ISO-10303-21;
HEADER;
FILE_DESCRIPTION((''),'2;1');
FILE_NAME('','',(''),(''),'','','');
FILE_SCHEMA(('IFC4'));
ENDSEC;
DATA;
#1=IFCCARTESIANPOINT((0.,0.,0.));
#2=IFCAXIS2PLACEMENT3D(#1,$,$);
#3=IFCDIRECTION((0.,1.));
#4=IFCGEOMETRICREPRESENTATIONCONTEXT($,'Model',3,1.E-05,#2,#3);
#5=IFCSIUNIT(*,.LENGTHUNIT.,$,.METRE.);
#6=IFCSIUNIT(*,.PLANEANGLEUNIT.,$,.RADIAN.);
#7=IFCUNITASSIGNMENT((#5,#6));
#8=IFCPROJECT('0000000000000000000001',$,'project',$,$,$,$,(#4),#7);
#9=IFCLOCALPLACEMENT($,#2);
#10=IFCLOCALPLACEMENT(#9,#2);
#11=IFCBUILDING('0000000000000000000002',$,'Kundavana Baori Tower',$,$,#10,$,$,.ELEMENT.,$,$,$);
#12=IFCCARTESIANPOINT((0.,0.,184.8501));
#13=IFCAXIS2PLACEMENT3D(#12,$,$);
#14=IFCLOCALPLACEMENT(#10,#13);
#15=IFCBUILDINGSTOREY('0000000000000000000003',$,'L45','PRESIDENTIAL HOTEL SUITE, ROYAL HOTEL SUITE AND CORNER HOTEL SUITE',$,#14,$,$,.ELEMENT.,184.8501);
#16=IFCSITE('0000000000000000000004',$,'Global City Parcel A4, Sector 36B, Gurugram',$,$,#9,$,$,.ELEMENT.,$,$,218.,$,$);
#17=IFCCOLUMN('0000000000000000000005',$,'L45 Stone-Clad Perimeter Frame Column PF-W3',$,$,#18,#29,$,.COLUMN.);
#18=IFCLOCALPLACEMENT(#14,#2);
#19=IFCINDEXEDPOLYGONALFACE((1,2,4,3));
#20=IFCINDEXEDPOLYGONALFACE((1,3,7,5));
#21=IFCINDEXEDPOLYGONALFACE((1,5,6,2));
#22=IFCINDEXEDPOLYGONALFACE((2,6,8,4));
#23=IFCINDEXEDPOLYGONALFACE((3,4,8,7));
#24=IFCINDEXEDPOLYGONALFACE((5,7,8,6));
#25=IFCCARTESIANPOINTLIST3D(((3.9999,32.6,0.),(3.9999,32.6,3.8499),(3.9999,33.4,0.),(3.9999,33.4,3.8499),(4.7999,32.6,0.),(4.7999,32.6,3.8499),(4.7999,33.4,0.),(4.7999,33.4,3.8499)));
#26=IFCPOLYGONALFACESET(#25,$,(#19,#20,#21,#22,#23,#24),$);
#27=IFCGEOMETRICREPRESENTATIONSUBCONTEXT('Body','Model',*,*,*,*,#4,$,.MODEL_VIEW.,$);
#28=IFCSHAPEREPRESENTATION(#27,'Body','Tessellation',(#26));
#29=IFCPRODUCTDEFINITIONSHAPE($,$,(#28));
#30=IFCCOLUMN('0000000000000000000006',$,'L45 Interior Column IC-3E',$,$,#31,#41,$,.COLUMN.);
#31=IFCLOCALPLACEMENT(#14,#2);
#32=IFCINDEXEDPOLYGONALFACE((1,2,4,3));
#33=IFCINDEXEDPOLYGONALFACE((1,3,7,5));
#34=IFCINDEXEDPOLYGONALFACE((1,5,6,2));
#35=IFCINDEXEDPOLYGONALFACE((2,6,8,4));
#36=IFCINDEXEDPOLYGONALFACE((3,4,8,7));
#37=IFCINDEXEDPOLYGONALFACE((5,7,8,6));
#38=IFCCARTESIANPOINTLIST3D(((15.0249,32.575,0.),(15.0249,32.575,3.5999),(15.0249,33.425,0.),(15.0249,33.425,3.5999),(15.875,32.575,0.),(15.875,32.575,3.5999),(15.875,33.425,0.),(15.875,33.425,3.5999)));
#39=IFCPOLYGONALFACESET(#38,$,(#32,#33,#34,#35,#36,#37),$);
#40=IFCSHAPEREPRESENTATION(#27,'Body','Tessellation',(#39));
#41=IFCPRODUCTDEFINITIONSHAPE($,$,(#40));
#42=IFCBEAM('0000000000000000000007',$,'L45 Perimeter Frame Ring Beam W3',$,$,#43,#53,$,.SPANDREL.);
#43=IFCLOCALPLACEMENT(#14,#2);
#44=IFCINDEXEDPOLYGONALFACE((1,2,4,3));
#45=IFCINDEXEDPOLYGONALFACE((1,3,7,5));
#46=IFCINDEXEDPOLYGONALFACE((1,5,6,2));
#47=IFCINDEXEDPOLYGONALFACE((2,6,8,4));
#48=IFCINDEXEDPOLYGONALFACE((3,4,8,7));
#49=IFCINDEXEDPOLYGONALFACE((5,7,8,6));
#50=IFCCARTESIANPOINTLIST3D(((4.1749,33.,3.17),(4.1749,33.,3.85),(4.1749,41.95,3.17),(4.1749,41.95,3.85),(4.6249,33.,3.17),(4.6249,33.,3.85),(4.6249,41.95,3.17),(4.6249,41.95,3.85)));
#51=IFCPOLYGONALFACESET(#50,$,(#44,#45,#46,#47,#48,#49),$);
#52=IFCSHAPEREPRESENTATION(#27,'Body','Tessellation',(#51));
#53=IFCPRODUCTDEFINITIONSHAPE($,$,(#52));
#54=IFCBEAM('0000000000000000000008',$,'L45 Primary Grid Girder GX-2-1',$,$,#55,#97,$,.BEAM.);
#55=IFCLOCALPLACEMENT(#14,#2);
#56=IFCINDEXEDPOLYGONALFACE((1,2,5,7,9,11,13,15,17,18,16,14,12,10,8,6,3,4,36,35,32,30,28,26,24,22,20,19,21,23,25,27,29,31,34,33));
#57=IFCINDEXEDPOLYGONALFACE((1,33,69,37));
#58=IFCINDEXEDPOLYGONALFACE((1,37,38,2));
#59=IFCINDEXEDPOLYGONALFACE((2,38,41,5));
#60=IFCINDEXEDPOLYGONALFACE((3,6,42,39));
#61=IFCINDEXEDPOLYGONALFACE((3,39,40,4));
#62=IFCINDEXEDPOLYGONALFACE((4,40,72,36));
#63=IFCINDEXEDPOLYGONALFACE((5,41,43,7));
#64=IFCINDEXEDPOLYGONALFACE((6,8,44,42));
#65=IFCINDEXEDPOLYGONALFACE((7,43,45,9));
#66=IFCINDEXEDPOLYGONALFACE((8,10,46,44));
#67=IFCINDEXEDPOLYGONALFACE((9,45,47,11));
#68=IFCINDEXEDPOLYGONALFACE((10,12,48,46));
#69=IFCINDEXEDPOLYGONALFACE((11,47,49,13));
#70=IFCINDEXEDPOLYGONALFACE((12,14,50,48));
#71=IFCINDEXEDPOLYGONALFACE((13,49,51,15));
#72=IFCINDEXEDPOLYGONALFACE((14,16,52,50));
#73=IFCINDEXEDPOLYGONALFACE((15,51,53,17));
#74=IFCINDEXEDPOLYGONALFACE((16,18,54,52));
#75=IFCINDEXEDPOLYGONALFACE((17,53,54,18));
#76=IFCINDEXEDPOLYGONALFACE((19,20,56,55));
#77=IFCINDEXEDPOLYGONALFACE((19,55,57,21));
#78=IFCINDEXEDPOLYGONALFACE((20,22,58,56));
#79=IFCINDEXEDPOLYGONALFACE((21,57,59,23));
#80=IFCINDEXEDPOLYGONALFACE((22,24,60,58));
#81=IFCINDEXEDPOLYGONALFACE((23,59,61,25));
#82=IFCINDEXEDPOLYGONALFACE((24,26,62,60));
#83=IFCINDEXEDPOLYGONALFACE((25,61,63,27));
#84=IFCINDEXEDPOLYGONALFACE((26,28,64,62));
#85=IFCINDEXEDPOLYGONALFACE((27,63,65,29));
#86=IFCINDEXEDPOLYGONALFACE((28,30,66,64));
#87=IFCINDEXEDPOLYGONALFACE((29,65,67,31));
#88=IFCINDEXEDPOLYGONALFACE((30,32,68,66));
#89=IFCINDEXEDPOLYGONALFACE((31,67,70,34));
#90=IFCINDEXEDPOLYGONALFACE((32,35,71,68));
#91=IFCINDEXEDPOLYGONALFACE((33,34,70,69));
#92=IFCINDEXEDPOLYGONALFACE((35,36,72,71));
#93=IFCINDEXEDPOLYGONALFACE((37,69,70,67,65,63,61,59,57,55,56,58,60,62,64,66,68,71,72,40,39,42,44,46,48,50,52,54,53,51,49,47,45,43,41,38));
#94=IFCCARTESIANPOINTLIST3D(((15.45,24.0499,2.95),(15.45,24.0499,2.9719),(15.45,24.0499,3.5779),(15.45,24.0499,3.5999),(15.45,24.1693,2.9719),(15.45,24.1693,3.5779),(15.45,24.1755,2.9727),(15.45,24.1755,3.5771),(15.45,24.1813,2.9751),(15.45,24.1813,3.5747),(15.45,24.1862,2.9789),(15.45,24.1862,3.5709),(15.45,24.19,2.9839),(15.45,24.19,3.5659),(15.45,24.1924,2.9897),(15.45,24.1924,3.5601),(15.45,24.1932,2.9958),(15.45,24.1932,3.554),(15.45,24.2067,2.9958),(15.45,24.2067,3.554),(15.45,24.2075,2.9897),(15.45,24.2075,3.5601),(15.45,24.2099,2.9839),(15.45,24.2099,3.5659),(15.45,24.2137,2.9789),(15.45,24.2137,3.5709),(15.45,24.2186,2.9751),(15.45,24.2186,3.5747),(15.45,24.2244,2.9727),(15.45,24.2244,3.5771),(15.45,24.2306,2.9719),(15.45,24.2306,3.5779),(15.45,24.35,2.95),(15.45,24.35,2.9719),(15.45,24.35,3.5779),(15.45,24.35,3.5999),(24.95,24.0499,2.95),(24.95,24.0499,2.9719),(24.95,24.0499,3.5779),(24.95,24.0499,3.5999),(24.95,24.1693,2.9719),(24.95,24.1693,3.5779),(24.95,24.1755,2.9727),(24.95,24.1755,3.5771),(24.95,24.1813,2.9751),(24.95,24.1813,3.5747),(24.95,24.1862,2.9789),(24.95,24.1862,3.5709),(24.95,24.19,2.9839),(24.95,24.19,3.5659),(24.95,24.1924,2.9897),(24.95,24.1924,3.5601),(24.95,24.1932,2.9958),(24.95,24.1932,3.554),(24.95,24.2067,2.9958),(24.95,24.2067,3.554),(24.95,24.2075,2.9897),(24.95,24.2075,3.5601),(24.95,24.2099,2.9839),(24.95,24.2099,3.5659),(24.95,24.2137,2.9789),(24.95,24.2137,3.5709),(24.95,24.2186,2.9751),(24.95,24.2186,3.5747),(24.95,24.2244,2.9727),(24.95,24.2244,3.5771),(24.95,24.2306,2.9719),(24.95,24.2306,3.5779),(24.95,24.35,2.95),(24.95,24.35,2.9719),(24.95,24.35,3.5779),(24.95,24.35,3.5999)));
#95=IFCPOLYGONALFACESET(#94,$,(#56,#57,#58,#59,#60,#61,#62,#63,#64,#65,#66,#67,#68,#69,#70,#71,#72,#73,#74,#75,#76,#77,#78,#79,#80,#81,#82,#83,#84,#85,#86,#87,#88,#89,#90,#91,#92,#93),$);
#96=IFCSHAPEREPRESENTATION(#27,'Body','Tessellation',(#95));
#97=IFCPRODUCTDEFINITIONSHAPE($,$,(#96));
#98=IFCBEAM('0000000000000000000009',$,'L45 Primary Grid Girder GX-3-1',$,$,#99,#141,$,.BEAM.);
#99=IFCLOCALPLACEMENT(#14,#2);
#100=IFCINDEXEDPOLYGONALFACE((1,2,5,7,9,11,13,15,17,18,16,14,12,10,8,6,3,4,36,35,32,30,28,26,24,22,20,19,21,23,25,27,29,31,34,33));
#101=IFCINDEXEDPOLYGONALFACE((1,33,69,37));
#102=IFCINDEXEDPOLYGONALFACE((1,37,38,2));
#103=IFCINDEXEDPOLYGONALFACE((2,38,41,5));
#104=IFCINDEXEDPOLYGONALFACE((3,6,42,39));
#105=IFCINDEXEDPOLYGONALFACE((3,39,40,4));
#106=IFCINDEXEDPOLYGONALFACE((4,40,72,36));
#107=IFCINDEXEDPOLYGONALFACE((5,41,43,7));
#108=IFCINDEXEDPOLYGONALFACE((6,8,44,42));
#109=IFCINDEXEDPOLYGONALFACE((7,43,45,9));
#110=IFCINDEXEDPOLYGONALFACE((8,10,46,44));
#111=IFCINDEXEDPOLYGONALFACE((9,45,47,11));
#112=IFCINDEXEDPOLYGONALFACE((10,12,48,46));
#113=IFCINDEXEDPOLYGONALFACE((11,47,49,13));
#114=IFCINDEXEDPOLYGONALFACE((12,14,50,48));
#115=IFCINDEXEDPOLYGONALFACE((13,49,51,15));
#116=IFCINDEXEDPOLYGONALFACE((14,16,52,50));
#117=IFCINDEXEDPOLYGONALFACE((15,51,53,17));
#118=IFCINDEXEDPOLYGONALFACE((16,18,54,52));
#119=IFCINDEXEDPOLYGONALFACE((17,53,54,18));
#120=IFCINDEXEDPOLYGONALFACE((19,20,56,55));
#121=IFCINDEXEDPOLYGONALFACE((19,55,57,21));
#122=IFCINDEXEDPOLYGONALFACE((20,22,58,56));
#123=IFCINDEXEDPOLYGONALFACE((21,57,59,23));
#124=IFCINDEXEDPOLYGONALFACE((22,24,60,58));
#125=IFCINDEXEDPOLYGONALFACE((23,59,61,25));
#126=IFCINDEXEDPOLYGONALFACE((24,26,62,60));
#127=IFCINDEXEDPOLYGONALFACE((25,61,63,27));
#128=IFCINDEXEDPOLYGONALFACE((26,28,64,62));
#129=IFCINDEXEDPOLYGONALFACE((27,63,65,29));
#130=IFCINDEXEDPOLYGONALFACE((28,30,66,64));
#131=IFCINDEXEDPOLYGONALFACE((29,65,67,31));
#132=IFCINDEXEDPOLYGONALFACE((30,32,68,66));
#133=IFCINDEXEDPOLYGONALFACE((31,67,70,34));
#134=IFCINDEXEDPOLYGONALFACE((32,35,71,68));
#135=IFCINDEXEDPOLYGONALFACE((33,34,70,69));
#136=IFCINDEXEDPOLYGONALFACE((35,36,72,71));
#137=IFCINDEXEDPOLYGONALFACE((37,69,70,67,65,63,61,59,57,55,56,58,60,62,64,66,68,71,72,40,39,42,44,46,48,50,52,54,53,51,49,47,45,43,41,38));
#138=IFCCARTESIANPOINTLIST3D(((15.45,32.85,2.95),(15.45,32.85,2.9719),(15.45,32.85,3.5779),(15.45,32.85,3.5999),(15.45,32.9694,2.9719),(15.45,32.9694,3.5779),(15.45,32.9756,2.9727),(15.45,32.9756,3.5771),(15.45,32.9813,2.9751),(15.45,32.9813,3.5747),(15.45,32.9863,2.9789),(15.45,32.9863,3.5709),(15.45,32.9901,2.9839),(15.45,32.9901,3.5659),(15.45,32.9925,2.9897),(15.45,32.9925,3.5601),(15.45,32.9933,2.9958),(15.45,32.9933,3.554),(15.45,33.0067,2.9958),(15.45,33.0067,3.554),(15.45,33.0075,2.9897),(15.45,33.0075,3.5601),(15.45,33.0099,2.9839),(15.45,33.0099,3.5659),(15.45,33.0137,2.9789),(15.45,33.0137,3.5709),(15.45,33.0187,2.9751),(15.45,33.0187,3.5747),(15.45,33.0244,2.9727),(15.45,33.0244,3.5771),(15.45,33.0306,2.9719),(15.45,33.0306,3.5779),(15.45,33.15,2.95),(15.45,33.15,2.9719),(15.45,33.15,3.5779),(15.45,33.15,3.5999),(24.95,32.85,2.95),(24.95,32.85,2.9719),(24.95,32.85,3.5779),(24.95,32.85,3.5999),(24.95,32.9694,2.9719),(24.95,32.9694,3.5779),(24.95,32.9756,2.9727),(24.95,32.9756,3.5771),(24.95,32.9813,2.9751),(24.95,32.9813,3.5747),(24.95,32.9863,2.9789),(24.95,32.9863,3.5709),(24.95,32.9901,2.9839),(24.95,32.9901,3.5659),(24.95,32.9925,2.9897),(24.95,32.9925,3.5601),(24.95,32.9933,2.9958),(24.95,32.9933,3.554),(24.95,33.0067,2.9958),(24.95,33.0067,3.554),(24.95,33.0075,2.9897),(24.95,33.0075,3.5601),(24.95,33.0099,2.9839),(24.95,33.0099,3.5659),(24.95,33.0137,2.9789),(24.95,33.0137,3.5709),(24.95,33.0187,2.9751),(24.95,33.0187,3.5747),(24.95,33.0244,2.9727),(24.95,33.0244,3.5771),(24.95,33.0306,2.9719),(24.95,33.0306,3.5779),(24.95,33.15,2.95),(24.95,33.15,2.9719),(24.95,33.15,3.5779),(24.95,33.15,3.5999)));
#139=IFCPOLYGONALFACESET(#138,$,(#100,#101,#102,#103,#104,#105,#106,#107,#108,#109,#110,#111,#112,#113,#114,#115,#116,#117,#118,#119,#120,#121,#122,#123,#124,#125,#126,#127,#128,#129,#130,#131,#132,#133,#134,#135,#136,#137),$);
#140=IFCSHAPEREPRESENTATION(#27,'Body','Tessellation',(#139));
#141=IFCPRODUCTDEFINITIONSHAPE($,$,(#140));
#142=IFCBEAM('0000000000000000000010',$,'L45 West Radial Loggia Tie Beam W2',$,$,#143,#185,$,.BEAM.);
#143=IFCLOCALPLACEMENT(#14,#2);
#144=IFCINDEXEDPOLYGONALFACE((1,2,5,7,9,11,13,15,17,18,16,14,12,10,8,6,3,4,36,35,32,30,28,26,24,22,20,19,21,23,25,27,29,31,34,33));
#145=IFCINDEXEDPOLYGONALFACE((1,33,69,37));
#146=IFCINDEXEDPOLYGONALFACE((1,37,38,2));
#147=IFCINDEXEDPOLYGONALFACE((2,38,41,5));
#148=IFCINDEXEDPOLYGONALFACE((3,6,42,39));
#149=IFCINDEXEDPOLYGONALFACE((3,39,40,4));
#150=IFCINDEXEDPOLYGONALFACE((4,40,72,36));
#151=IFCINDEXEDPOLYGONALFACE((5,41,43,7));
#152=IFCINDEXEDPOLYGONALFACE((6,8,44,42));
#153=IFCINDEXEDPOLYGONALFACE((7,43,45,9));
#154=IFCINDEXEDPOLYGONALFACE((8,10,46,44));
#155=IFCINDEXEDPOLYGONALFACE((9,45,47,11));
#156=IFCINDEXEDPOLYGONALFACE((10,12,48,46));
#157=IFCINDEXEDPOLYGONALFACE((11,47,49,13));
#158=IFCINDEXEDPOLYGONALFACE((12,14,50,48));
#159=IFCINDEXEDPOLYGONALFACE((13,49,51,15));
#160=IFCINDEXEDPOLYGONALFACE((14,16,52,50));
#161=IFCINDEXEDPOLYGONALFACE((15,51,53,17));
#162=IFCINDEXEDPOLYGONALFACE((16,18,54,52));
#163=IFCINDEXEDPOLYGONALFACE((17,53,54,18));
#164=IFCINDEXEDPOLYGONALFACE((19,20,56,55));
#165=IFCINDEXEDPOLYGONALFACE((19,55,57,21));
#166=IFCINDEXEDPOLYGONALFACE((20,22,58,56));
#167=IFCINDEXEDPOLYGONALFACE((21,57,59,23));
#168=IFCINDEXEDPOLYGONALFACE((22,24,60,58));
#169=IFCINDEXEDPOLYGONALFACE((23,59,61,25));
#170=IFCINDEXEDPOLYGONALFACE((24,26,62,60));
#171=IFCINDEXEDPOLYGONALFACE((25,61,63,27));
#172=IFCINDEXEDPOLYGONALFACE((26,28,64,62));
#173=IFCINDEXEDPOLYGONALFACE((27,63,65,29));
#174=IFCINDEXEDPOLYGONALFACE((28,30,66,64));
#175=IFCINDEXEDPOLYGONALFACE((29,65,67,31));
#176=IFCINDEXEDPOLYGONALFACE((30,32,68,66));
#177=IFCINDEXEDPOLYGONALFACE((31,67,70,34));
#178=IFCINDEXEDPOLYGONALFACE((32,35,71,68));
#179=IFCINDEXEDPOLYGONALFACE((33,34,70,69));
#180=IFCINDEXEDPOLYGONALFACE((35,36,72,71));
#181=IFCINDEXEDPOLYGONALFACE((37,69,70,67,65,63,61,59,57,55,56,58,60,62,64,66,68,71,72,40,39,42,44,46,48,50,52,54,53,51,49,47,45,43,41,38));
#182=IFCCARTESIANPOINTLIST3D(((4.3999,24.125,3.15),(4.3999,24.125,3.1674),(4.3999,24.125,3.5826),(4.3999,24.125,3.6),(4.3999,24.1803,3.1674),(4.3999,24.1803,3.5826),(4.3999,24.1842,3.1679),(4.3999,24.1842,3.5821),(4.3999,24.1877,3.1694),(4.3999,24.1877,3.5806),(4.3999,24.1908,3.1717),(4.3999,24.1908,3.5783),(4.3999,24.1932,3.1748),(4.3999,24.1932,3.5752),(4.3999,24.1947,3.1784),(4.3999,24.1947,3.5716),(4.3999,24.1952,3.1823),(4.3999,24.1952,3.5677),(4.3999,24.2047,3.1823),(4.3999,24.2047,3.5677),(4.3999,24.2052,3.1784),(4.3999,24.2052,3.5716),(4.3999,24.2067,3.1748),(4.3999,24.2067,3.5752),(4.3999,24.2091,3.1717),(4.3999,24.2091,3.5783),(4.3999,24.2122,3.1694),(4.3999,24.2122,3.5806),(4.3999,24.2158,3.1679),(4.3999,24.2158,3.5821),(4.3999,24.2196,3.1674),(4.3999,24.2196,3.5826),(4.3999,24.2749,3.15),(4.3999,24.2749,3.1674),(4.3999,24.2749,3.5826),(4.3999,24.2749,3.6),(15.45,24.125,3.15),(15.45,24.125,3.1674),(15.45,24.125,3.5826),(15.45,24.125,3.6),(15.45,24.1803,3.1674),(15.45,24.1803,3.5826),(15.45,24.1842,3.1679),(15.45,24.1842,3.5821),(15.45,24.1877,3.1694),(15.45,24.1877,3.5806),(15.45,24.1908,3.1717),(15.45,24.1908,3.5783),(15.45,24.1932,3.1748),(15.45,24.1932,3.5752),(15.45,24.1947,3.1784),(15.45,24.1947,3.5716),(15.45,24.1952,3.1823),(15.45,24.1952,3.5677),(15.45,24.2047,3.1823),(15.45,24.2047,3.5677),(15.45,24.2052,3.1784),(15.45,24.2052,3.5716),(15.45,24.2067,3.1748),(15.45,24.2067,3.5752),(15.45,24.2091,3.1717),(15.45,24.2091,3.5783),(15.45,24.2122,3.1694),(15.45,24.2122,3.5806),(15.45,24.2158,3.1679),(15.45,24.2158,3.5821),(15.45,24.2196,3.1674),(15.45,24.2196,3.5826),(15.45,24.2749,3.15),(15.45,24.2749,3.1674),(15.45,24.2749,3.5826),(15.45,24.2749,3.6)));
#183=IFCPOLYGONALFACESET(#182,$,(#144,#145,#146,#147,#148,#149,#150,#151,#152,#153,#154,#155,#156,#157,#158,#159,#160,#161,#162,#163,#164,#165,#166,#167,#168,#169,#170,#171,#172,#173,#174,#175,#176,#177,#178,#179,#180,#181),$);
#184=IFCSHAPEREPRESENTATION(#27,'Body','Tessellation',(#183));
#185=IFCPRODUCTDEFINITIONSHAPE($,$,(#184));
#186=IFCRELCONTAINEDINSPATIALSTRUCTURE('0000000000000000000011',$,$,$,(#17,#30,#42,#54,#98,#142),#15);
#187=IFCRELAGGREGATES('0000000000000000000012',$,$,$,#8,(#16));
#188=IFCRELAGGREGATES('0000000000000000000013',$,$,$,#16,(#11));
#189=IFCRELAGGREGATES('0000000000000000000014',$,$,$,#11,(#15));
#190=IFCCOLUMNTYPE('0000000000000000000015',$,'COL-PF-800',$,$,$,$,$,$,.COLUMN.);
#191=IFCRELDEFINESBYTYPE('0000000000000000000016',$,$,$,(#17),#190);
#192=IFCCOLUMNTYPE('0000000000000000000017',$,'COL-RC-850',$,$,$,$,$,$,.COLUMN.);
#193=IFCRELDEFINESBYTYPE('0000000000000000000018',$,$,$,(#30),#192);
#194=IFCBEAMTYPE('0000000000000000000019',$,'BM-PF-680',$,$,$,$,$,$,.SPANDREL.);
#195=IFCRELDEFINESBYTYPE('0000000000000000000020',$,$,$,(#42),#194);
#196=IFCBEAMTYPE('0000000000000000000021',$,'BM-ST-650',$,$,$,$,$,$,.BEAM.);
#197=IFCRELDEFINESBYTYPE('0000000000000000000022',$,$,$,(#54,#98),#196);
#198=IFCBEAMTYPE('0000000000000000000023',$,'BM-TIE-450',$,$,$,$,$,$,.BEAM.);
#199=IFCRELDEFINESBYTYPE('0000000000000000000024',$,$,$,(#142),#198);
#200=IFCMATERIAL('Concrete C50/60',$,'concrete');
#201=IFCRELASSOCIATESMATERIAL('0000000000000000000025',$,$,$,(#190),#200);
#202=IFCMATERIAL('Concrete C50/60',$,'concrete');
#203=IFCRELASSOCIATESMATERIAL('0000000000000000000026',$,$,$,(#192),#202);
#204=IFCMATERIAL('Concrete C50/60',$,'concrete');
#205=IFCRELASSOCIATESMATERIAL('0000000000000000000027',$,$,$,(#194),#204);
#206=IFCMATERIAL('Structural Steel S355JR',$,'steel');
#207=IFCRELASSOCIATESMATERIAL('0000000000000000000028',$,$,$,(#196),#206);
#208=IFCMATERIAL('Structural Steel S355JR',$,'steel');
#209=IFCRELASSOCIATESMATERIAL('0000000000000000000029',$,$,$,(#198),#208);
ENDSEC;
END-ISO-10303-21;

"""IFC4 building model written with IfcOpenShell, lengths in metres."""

from ifc_helpers import new_model, si_unit, direction, frame, origin, origin_2d, place, context, subcontext, project, spatial, rectangle, i_section, extrude, material, material_profile, profile_set, type_object, element, save


model = new_model("IFC4")

# Units and contexts
model_context = context("Model", 3, precision=1e-05, world=origin(), true_north=direction((0.0, 1.0)))
body_context = subcontext(model_context, "Body", "Model", "MODEL_VIEW")
ifc_project = project(units=[si_unit("LENGTHUNIT", "METRE"), si_unit("PLANEANGLEUNIT", "RADIAN")], contexts=[model_context])

# Site, building, storey
site_placement = place(None, origin())
site = spatial("IfcSite", under=ifc_project, at=site_placement, Name="Global City Parcel A4, Sector 36B, Gurugram", CompositionType="ELEMENT", RefElevation=218.0)
building_placement = place(site_placement, origin())
building = spatial("IfcBuilding", under=site, at=building_placement, Name="Kundavana Baori Tower", CompositionType="ELEMENT")
storey_placement = place(building_placement, frame((0.0, 0.0, 184.8501)))
storey = spatial("IfcBuildingStorey", under=building, at=storey_placement, Name="L45", Description="PRESIDENTIAL HOTEL SUITE, ROYAL HOTEL SUITE AND CORNER HOTEL SUITE", CompositionType="ELEMENT", Elevation=184.8501)

# Columns
ifc_material_1 = material(Name="Concrete C50/60", Category="concrete")
ifc_material_profile_1 = material_profile(ifc_material_1, rectangle(XDim=0.8, YDim=0.8, at=origin_2d()), Name="RC PF 800x800")
ifc_profile_set_1 = profile_set([ifc_material_profile_1], Name="Concrete C50/60")
column_type_1 = type_object("IfcColumnType", Name="COL-PF-800", PredefinedType="COLUMN", material=ifc_profile_set_1)
column_1_placement = place(storey_placement, frame((4.3999, 33.0, 0.0), z_axis=(0.0, 0.0, 1.0), x_axis=(1.0, 0.0, 0.0)))
element("IfcColumn", 1, at=column_1_placement, inside=storey, type_object=column_type_1, Name="L45 Stone-Clad Perimeter Frame Column PF-W3", PredefinedType="COLUMN", context=body_context, shape_type="SweptSolid", body=[
    extrude(rectangle(XDim=0.8, YDim=0.8, at=origin_2d()), origin(), (0.0, 0.0, 1.0), 3.8499),
])
ifc_material_2 = material(Name="Concrete C50/60", Category="concrete")
ifc_material_profile_2 = material_profile(ifc_material_2, rectangle(XDim=0.8501, YDim=0.8501, at=origin_2d()), Name="RC 850x850")
ifc_profile_set_2 = profile_set([ifc_material_profile_2], Name="Concrete C50/60")
column_type_2 = type_object("IfcColumnType", Name="COL-RC-850", PredefinedType="COLUMN", material=ifc_profile_set_2)
column_2_placement = place(storey_placement, frame((15.45, 33.0, 0.0), z_axis=(0.0, 0.0, 1.0), x_axis=(1.0, 0.0, 0.0)))
element("IfcColumn", 2, at=column_2_placement, inside=storey, type_object=column_type_2, Name="L45 Interior Column IC-3E", PredefinedType="COLUMN", context=body_context, shape_type="SweptSolid", body=[
    extrude(rectangle(XDim=0.8501, YDim=0.8501, at=origin_2d()), origin(), (0.0, 0.0, 1.0), 3.5999),
])

# Beams
ifc_material_3 = material(Name="Concrete C50/60", Category="concrete")
ifc_material_profile_3 = material_profile(ifc_material_3, rectangle(XDim=0.45, YDim=0.6799, at=origin_2d()), Name="RC BM 450x680")
ifc_profile_set_3 = profile_set([ifc_material_profile_3], Name="Concrete C50/60")
beam_type_1 = type_object("IfcBeamType", Name="BM-PF-680", PredefinedType="SPANDREL", material=ifc_profile_set_3)
beam_placement = place(storey_placement, frame((4.3999, 33.0, 3.51), z_axis=(0.0, 1.0, 0.0), x_axis=(-1.0, 0.0, 0.0)))
element("IfcBeam", 3, at=beam_placement, inside=storey, type_object=beam_type_1, Name="L45 Perimeter Frame Ring Beam W3", PredefinedType="SPANDREL", context=body_context, shape_type="SweptSolid", body=[
    extrude(rectangle(XDim=0.45, YDim=0.6799, at=origin_2d()), origin(), (0.0, 0.0, 1.0), 8.95),
])
ifc_material_4 = material(Name="Structural Steel S355JR", Category="steel")
ifc_material_profile_4 = material_profile(ifc_material_4, i_section(OverallWidth=0.3, OverallDepth=0.6499, WebThickness=0.0134, FlangeThickness=0.022, FilletRadius=0.0239, at=origin_2d()), Name="NPB 650x300x155")
ifc_profile_set_4 = profile_set([ifc_material_profile_4], Name="Structural Steel S355JR")
beam_type_2 = type_object("IfcBeamType", Name="BM-ST-650", PredefinedType="BEAM", material=ifc_profile_set_4)
for number, where, z_axis, x_axis, name in (
    (4, (15.45, 24.2, 3.2749), (1.0, 0.0, 0.0), (0.0, 1.0, 0.0), "L45 Primary Grid Girder GX-2-1"),
    (5, (15.45, 33.0, 3.2749), (1.0, 0.0, 0.0), (0.0, 1.0, 0.0), "L45 Primary Grid Girder GX-3-1"),
):
    element("IfcBeam", number, at=place(storey_placement, frame(where, z_axis=z_axis, x_axis=x_axis)), inside=storey, type_object=beam_type_2, Name=name, PredefinedType="BEAM", context=body_context, shape_type="SweptSolid", body=[
        extrude(i_section(OverallWidth=0.3, OverallDepth=0.6499, WebThickness=0.0134, FlangeThickness=0.022, FilletRadius=0.0239, at=origin_2d()), origin(), (0.0, 0.0, 1.0), 9.5),
    ])
ifc_material_5 = material(Name="Structural Steel S355JR", Category="steel")
ifc_material_profile_5 = material_profile(ifc_material_5, i_section(OverallWidth=0.1499, OverallDepth=0.45, WebThickness=0.0095, FlangeThickness=0.0173, FilletRadius=0.0149, at=origin_2d()), Name="ISMB 450")
ifc_profile_set_5 = profile_set([ifc_material_profile_5], Name="Structural Steel S355JR")
beam_type_3 = type_object("IfcBeamType", Name="BM-TIE-450", PredefinedType="BEAM", material=ifc_profile_set_5)
for number, where, z_axis, x_axis, name in (
    (6, (15.45, 24.2, 3.375), (-1.0, 0.0, 0.0), (0.0, -1.0, 0.0), "L45 West Radial Loggia Tie Beam W2"),
):
    element("IfcBeam", number, at=place(storey_placement, frame(where, z_axis=z_axis, x_axis=x_axis)), inside=storey, type_object=beam_type_3, Name=name, PredefinedType="BEAM", context=body_context, shape_type="SweptSolid", body=[
        extrude(i_section(OverallWidth=0.1499, OverallDepth=0.45, WebThickness=0.0095, FlangeThickness=0.0173, FilletRadius=0.0149, at=origin_2d()), origin(), (0.0, 0.0, 1.0), 11.05),
    ])

save(model, "model.ifc")
